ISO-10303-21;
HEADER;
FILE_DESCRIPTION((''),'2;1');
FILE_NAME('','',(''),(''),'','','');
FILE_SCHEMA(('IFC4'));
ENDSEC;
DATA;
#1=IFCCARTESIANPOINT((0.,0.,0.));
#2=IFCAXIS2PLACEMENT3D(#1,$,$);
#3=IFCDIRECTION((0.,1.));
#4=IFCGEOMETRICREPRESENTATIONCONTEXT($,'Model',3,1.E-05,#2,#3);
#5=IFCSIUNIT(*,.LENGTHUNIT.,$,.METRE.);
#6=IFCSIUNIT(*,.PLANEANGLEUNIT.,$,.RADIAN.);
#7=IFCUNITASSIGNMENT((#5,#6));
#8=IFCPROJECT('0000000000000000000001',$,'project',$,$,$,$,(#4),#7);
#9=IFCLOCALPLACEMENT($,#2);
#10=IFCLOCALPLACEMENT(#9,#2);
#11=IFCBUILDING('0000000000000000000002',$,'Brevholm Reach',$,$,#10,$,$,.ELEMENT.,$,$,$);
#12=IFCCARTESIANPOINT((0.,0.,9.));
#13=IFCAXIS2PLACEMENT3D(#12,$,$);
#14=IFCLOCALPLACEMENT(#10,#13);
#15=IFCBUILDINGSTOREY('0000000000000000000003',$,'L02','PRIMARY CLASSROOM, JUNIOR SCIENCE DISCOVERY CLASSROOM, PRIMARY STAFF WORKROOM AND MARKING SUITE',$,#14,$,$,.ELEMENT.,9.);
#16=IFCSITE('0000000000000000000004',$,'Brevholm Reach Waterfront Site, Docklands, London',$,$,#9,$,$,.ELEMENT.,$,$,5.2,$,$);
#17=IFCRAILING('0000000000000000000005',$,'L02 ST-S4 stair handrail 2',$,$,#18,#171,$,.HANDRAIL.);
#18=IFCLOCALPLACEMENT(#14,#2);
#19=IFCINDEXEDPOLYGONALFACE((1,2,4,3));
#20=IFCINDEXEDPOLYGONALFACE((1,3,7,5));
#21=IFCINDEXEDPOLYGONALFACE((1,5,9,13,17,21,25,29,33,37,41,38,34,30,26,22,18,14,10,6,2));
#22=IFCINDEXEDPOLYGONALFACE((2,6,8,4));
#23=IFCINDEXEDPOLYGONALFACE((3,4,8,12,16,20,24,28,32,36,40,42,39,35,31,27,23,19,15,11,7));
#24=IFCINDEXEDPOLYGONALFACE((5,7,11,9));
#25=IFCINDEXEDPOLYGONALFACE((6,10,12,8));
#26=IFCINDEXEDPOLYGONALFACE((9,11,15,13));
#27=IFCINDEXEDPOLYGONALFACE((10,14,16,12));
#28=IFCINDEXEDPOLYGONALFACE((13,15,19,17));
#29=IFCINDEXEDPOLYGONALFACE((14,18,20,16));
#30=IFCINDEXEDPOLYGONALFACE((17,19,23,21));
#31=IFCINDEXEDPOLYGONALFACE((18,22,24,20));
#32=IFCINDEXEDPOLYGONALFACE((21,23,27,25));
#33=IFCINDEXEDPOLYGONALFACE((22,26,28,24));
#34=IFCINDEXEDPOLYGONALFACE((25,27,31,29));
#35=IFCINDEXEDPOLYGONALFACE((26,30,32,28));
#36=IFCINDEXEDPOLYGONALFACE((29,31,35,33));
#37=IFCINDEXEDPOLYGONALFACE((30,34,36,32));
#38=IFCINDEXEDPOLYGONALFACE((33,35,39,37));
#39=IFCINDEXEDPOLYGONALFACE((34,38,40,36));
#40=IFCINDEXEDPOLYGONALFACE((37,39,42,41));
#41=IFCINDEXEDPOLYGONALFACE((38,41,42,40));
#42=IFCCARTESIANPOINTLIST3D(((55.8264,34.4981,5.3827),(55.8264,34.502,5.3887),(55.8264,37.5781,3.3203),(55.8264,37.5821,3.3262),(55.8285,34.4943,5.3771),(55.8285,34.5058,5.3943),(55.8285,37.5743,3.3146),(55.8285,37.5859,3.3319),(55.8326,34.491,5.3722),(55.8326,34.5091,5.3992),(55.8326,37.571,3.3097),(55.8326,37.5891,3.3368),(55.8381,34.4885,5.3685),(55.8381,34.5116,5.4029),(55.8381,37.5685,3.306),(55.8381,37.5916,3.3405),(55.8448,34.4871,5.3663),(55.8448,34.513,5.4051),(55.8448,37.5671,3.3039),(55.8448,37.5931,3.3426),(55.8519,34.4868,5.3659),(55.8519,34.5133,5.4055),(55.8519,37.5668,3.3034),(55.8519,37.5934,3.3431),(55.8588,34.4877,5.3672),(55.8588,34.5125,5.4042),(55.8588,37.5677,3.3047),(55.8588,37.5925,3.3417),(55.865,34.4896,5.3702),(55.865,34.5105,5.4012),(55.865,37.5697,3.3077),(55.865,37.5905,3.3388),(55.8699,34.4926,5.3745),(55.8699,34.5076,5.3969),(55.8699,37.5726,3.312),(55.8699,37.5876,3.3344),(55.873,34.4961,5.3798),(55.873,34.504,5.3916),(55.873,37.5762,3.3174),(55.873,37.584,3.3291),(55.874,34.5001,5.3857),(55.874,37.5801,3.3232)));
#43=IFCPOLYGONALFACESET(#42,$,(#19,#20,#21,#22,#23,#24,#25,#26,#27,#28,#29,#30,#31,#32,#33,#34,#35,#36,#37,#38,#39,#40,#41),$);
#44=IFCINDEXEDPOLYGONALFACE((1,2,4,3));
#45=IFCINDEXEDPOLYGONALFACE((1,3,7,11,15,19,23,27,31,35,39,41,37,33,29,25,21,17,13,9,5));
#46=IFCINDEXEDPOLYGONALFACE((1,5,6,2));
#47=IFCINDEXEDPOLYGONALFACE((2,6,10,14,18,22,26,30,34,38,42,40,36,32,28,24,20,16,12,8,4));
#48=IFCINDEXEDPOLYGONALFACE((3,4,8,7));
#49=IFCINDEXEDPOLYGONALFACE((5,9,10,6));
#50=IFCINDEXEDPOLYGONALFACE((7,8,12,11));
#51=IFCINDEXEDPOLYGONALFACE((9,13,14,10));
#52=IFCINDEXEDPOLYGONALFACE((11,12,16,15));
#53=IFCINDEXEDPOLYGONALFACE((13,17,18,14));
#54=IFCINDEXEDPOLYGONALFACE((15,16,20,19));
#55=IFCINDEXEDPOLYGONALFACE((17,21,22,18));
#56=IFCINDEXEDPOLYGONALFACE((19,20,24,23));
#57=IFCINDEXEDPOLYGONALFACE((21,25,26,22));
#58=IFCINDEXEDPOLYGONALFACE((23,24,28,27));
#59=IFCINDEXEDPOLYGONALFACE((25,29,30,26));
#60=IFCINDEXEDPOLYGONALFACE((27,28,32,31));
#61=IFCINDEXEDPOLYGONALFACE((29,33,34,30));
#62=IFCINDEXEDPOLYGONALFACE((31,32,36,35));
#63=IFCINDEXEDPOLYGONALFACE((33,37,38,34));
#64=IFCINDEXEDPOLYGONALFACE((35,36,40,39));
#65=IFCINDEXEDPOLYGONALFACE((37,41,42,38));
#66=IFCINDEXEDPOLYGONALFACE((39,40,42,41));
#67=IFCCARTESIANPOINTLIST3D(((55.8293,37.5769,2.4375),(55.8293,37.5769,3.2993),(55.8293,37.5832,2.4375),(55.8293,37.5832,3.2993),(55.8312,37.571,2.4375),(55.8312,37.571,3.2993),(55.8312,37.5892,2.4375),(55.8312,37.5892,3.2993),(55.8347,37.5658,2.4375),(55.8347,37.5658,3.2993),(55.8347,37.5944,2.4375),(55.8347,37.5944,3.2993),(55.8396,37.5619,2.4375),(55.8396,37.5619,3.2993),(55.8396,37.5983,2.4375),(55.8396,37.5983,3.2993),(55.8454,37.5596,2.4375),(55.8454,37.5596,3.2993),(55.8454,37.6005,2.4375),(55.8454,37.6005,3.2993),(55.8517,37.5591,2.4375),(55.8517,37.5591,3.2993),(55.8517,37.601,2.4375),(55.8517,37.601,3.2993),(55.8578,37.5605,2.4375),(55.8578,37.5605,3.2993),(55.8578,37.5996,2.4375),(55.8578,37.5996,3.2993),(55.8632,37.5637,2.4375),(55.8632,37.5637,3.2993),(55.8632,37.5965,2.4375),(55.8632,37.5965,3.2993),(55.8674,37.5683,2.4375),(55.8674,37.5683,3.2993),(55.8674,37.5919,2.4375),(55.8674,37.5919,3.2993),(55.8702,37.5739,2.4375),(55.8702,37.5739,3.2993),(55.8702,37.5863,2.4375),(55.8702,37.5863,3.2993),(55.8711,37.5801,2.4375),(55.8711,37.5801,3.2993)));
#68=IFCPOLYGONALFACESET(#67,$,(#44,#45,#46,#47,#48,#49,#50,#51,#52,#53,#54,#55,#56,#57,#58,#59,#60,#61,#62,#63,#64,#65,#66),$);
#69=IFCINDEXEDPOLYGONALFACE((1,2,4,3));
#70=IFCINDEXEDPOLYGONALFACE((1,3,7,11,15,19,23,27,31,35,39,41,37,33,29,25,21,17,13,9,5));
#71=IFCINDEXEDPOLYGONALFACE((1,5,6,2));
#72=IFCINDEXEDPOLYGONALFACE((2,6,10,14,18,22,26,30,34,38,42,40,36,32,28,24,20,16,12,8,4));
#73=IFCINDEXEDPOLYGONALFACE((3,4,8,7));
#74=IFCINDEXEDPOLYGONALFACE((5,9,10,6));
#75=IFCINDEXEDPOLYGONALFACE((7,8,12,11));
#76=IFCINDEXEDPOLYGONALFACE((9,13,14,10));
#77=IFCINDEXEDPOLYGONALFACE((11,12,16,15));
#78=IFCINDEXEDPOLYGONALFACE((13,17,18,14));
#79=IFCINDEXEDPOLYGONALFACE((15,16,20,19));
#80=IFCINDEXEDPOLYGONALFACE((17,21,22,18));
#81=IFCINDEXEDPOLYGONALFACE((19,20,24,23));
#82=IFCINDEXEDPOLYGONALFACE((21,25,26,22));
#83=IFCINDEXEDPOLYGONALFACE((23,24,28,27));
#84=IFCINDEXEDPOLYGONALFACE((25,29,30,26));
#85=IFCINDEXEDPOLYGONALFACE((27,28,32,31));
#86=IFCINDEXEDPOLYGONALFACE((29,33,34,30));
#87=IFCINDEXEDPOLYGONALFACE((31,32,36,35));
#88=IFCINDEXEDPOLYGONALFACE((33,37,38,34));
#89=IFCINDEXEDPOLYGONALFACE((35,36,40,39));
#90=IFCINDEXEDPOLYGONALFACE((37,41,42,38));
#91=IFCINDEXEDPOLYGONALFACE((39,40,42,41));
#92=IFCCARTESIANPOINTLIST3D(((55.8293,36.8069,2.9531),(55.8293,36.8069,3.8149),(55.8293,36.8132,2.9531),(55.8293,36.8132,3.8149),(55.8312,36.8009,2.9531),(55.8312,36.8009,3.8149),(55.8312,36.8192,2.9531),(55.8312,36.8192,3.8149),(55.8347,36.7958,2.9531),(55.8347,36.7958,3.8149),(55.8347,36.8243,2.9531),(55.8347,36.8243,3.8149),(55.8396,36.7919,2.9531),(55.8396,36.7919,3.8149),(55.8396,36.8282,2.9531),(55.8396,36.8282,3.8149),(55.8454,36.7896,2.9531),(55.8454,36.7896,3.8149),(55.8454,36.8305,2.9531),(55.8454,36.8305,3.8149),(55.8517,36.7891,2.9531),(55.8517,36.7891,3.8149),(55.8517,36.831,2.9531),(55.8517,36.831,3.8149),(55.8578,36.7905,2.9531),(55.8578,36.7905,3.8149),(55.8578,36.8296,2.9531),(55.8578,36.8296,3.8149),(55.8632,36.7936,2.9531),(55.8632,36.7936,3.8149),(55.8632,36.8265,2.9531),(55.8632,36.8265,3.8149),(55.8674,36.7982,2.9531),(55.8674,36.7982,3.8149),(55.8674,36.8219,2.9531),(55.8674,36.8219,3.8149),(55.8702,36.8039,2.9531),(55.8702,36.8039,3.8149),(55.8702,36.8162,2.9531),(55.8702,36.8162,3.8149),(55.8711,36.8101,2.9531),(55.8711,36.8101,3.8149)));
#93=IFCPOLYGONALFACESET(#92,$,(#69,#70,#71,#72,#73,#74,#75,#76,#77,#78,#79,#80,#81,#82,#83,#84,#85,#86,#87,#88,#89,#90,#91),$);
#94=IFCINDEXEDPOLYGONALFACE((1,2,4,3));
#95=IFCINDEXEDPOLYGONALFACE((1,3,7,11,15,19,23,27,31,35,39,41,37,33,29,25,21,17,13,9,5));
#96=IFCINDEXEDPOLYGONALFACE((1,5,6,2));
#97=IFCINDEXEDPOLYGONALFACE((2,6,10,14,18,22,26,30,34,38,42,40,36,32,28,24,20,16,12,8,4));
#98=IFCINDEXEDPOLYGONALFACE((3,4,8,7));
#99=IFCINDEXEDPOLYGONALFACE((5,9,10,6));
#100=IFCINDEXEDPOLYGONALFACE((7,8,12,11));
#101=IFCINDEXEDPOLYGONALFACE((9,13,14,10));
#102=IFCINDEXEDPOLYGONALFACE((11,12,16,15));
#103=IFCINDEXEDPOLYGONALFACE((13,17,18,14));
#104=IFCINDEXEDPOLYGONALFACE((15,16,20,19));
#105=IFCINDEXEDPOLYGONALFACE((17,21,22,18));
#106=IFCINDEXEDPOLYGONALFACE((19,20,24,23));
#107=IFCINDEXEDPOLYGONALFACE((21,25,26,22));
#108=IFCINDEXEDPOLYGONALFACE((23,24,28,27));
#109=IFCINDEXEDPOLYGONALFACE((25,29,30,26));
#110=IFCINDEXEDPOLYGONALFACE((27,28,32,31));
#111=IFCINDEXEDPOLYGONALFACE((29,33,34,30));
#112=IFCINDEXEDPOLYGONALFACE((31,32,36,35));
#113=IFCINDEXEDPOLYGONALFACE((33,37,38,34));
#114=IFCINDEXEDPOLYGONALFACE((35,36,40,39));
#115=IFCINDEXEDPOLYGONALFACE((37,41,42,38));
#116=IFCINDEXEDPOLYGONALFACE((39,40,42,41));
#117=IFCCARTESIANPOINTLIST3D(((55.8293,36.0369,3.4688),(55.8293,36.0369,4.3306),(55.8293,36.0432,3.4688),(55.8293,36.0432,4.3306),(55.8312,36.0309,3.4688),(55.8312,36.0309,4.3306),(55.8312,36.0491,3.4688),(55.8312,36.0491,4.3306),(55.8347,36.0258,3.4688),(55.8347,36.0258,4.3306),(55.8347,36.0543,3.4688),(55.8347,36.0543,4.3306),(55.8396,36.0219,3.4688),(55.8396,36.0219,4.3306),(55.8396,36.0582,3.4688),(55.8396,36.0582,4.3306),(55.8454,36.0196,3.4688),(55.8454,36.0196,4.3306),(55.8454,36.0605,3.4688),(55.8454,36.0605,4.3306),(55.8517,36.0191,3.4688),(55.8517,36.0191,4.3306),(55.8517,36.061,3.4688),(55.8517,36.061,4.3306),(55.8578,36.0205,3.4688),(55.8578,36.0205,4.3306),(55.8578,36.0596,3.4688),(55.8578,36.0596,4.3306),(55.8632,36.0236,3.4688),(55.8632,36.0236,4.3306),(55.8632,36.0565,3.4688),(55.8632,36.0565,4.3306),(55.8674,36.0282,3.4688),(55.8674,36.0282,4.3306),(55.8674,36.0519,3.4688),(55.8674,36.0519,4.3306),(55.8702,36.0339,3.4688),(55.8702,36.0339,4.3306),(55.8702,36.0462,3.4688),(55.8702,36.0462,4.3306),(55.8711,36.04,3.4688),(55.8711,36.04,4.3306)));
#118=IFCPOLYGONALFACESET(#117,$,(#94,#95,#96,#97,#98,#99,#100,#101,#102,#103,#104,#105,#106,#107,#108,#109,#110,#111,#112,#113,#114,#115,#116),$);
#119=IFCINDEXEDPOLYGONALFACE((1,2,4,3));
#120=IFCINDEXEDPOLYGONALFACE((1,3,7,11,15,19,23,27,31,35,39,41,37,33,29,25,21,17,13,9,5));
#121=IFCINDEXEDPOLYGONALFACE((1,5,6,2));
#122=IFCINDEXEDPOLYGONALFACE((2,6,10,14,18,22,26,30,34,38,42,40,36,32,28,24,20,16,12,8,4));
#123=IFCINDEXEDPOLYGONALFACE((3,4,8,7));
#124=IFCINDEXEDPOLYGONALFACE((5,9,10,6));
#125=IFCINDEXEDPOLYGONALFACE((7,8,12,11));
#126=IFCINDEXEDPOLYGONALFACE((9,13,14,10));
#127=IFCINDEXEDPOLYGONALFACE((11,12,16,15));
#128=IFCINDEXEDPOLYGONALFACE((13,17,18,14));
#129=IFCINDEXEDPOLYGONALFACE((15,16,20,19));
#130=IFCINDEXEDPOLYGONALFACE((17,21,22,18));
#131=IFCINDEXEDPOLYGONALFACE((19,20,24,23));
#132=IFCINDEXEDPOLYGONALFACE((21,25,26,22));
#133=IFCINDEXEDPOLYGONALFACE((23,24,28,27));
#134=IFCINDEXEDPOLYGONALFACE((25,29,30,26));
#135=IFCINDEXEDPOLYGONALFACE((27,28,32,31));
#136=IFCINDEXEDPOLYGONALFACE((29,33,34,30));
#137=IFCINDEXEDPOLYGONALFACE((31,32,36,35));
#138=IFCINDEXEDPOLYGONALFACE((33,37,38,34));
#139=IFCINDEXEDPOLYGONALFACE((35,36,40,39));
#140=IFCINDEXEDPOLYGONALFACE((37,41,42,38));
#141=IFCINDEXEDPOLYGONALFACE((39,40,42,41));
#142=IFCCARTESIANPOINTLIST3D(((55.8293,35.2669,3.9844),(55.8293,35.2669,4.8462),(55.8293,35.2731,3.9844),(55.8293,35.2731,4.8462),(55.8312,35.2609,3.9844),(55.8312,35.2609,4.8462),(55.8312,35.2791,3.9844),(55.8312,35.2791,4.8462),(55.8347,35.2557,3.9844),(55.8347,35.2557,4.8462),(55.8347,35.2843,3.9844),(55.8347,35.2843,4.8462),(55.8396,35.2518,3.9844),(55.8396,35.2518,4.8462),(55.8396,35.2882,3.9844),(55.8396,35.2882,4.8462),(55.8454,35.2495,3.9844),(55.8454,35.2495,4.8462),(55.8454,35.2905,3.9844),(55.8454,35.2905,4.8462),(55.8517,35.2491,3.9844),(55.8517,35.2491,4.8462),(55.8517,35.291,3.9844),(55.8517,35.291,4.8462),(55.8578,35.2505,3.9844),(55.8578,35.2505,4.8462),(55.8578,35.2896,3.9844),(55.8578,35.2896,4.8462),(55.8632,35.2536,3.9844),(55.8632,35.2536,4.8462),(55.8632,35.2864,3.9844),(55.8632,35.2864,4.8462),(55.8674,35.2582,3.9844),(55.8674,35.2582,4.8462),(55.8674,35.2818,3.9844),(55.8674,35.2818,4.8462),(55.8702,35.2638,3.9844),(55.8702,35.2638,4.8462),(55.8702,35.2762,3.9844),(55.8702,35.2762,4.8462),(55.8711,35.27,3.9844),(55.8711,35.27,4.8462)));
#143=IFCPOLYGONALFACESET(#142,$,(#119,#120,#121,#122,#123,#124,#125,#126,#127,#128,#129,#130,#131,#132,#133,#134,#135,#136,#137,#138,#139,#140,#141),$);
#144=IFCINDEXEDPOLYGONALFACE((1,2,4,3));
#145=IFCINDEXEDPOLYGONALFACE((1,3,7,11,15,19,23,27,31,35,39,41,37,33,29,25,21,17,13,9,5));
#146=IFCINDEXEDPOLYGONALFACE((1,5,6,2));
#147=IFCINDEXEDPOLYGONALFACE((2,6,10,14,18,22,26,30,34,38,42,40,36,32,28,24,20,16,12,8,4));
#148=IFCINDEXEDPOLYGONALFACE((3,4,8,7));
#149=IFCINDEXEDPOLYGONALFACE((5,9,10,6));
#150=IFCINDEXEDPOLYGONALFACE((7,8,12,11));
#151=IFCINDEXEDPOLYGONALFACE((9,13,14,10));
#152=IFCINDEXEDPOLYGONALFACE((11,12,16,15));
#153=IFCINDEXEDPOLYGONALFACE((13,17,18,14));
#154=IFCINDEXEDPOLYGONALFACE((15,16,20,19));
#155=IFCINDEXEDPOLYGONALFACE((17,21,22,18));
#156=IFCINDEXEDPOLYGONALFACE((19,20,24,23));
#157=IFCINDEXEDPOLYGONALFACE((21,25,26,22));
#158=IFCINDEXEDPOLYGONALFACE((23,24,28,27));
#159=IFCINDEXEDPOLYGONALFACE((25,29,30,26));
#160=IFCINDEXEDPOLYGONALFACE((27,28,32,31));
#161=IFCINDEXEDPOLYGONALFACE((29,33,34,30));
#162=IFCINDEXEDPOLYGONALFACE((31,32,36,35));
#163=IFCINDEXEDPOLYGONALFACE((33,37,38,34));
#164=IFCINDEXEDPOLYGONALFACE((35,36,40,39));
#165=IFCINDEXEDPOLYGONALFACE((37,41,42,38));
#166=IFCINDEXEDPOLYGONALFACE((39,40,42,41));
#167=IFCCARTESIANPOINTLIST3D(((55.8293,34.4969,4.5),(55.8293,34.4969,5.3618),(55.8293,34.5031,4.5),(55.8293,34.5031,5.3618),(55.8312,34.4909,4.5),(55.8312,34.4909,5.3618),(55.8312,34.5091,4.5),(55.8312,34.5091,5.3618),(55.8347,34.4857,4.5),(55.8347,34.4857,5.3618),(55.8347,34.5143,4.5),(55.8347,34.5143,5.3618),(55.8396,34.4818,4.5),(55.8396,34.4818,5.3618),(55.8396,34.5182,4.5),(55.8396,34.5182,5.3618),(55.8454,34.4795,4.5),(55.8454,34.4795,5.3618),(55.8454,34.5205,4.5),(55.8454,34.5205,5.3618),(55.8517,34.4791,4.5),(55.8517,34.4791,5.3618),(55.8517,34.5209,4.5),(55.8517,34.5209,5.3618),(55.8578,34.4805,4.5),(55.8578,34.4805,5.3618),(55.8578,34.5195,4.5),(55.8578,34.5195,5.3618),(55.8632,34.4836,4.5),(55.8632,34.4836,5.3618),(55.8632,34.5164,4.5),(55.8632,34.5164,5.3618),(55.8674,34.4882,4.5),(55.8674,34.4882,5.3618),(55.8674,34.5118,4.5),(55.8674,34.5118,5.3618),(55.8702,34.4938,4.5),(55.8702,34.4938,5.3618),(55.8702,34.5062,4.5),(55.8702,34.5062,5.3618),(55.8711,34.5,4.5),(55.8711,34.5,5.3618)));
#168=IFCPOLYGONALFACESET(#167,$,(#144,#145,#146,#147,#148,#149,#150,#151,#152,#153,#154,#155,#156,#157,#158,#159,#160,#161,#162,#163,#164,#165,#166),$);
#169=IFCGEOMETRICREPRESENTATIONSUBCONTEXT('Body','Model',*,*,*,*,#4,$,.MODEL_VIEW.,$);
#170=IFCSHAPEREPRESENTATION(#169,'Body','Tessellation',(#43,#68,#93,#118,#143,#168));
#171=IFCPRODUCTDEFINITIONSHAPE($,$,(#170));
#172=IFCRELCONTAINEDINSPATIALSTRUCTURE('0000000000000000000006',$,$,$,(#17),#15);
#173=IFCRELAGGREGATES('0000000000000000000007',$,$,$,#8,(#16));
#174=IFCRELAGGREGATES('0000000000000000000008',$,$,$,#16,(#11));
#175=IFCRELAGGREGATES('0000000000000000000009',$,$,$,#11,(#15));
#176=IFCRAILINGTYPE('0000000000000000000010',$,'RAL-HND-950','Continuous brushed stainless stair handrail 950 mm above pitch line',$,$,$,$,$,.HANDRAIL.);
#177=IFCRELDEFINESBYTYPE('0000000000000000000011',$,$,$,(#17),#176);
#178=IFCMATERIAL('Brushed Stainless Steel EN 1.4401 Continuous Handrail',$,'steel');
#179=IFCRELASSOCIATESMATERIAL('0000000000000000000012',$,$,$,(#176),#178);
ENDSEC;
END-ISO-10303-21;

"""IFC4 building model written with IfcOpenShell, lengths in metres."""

from ifc_helpers import new_model, si_unit, direction, frame, origin, origin_2d, place, context, subcontext, project, spatial, circle, extrude, material, type_object, element, save


model = new_model("IFC4")

# Units and contexts
model_context = context("Model", 3, precision=1e-05, world=origin(), true_north=direction((0.0, 1.0)))
body_context = subcontext(model_context, "Body", "Model", "MODEL_VIEW")
ifc_project = project(units=[si_unit("LENGTHUNIT", "METRE"), si_unit("PLANEANGLEUNIT", "RADIAN")], contexts=[model_context])

# Site, building, storey
site_placement = place(None, origin())
site = spatial("IfcSite", under=ifc_project, at=site_placement, Name="Brevholm Reach Waterfront Site, Docklands, London", CompositionType="ELEMENT", RefElevation=5.2)
building_placement = place(site_placement, origin())
building = spatial("IfcBuilding", under=site, at=building_placement, Name="Brevholm Reach", CompositionType="ELEMENT")
storey_placement = place(building_placement, frame((0.0, 0.0, 9.0)))
storey = spatial("IfcBuildingStorey", under=building, at=storey_placement, Name="L02", Description="PRIMARY CLASSROOM, JUNIOR SCIENCE DISCOVERY CLASSROOM, PRIMARY STAFF WORKROOM AND MARKING SUITE", CompositionType="ELEMENT", Elevation=9.0)

# Railing
ifc_material_1 = material(Name="Brushed Stainless Steel EN 1.4401 Continuous Handrail", Category="steel")
railing_type_1 = type_object("IfcRailingType", Name="RAL-HND-950", Description="Continuous brushed stainless stair handrail 950 mm above pitch line", PredefinedType="HANDRAIL", material=ifc_material_1)
railing_1_placement = place(storey_placement, frame((55.8501, 37.5801, 2.4375)))
element("IfcRailing", 1, at=railing_1_placement, inside=storey, type_object=railing_type_1, Name="L02 ST-S4 stair handrail 2", PredefinedType="HANDRAIL", context=body_context, shape_type="SweptSolid", body=[
    extrude(circle(Radius=0.0239, at=origin_2d()), frame((0.0, 0.0, 0.8857), z_axis=(0.0, -0.830914, 0.556401), x_axis=(1.0, 0.0, 0.0)), (0.0, 0.0, 1.0), 3.7068),
    extrude(circle(Radius=0.021, at=origin_2d()), origin(), (0.0, 0.0, 1.0), 0.8618),
    extrude(circle(Radius=0.021, at=origin_2d()), frame((0.0, -0.77, 0.5156)), (0.0, 0.0, 1.0), 0.8618),
    extrude(circle(Radius=0.021, at=origin_2d()), frame((0.0, -1.54, 1.0312)), (0.0, 0.0, 1.0), 0.8618),
    extrude(circle(Radius=0.021, at=origin_2d()), frame((0.0, -2.3101, 1.5469)), (0.0, 0.0, 1.0), 0.8618),
    extrude(circle(Radius=0.021, at=origin_2d()), frame((0.0, -3.0801, 2.0625)), (0.0, 0.0, 1.0), 0.8618),
])

save(model, "model.ifc")
